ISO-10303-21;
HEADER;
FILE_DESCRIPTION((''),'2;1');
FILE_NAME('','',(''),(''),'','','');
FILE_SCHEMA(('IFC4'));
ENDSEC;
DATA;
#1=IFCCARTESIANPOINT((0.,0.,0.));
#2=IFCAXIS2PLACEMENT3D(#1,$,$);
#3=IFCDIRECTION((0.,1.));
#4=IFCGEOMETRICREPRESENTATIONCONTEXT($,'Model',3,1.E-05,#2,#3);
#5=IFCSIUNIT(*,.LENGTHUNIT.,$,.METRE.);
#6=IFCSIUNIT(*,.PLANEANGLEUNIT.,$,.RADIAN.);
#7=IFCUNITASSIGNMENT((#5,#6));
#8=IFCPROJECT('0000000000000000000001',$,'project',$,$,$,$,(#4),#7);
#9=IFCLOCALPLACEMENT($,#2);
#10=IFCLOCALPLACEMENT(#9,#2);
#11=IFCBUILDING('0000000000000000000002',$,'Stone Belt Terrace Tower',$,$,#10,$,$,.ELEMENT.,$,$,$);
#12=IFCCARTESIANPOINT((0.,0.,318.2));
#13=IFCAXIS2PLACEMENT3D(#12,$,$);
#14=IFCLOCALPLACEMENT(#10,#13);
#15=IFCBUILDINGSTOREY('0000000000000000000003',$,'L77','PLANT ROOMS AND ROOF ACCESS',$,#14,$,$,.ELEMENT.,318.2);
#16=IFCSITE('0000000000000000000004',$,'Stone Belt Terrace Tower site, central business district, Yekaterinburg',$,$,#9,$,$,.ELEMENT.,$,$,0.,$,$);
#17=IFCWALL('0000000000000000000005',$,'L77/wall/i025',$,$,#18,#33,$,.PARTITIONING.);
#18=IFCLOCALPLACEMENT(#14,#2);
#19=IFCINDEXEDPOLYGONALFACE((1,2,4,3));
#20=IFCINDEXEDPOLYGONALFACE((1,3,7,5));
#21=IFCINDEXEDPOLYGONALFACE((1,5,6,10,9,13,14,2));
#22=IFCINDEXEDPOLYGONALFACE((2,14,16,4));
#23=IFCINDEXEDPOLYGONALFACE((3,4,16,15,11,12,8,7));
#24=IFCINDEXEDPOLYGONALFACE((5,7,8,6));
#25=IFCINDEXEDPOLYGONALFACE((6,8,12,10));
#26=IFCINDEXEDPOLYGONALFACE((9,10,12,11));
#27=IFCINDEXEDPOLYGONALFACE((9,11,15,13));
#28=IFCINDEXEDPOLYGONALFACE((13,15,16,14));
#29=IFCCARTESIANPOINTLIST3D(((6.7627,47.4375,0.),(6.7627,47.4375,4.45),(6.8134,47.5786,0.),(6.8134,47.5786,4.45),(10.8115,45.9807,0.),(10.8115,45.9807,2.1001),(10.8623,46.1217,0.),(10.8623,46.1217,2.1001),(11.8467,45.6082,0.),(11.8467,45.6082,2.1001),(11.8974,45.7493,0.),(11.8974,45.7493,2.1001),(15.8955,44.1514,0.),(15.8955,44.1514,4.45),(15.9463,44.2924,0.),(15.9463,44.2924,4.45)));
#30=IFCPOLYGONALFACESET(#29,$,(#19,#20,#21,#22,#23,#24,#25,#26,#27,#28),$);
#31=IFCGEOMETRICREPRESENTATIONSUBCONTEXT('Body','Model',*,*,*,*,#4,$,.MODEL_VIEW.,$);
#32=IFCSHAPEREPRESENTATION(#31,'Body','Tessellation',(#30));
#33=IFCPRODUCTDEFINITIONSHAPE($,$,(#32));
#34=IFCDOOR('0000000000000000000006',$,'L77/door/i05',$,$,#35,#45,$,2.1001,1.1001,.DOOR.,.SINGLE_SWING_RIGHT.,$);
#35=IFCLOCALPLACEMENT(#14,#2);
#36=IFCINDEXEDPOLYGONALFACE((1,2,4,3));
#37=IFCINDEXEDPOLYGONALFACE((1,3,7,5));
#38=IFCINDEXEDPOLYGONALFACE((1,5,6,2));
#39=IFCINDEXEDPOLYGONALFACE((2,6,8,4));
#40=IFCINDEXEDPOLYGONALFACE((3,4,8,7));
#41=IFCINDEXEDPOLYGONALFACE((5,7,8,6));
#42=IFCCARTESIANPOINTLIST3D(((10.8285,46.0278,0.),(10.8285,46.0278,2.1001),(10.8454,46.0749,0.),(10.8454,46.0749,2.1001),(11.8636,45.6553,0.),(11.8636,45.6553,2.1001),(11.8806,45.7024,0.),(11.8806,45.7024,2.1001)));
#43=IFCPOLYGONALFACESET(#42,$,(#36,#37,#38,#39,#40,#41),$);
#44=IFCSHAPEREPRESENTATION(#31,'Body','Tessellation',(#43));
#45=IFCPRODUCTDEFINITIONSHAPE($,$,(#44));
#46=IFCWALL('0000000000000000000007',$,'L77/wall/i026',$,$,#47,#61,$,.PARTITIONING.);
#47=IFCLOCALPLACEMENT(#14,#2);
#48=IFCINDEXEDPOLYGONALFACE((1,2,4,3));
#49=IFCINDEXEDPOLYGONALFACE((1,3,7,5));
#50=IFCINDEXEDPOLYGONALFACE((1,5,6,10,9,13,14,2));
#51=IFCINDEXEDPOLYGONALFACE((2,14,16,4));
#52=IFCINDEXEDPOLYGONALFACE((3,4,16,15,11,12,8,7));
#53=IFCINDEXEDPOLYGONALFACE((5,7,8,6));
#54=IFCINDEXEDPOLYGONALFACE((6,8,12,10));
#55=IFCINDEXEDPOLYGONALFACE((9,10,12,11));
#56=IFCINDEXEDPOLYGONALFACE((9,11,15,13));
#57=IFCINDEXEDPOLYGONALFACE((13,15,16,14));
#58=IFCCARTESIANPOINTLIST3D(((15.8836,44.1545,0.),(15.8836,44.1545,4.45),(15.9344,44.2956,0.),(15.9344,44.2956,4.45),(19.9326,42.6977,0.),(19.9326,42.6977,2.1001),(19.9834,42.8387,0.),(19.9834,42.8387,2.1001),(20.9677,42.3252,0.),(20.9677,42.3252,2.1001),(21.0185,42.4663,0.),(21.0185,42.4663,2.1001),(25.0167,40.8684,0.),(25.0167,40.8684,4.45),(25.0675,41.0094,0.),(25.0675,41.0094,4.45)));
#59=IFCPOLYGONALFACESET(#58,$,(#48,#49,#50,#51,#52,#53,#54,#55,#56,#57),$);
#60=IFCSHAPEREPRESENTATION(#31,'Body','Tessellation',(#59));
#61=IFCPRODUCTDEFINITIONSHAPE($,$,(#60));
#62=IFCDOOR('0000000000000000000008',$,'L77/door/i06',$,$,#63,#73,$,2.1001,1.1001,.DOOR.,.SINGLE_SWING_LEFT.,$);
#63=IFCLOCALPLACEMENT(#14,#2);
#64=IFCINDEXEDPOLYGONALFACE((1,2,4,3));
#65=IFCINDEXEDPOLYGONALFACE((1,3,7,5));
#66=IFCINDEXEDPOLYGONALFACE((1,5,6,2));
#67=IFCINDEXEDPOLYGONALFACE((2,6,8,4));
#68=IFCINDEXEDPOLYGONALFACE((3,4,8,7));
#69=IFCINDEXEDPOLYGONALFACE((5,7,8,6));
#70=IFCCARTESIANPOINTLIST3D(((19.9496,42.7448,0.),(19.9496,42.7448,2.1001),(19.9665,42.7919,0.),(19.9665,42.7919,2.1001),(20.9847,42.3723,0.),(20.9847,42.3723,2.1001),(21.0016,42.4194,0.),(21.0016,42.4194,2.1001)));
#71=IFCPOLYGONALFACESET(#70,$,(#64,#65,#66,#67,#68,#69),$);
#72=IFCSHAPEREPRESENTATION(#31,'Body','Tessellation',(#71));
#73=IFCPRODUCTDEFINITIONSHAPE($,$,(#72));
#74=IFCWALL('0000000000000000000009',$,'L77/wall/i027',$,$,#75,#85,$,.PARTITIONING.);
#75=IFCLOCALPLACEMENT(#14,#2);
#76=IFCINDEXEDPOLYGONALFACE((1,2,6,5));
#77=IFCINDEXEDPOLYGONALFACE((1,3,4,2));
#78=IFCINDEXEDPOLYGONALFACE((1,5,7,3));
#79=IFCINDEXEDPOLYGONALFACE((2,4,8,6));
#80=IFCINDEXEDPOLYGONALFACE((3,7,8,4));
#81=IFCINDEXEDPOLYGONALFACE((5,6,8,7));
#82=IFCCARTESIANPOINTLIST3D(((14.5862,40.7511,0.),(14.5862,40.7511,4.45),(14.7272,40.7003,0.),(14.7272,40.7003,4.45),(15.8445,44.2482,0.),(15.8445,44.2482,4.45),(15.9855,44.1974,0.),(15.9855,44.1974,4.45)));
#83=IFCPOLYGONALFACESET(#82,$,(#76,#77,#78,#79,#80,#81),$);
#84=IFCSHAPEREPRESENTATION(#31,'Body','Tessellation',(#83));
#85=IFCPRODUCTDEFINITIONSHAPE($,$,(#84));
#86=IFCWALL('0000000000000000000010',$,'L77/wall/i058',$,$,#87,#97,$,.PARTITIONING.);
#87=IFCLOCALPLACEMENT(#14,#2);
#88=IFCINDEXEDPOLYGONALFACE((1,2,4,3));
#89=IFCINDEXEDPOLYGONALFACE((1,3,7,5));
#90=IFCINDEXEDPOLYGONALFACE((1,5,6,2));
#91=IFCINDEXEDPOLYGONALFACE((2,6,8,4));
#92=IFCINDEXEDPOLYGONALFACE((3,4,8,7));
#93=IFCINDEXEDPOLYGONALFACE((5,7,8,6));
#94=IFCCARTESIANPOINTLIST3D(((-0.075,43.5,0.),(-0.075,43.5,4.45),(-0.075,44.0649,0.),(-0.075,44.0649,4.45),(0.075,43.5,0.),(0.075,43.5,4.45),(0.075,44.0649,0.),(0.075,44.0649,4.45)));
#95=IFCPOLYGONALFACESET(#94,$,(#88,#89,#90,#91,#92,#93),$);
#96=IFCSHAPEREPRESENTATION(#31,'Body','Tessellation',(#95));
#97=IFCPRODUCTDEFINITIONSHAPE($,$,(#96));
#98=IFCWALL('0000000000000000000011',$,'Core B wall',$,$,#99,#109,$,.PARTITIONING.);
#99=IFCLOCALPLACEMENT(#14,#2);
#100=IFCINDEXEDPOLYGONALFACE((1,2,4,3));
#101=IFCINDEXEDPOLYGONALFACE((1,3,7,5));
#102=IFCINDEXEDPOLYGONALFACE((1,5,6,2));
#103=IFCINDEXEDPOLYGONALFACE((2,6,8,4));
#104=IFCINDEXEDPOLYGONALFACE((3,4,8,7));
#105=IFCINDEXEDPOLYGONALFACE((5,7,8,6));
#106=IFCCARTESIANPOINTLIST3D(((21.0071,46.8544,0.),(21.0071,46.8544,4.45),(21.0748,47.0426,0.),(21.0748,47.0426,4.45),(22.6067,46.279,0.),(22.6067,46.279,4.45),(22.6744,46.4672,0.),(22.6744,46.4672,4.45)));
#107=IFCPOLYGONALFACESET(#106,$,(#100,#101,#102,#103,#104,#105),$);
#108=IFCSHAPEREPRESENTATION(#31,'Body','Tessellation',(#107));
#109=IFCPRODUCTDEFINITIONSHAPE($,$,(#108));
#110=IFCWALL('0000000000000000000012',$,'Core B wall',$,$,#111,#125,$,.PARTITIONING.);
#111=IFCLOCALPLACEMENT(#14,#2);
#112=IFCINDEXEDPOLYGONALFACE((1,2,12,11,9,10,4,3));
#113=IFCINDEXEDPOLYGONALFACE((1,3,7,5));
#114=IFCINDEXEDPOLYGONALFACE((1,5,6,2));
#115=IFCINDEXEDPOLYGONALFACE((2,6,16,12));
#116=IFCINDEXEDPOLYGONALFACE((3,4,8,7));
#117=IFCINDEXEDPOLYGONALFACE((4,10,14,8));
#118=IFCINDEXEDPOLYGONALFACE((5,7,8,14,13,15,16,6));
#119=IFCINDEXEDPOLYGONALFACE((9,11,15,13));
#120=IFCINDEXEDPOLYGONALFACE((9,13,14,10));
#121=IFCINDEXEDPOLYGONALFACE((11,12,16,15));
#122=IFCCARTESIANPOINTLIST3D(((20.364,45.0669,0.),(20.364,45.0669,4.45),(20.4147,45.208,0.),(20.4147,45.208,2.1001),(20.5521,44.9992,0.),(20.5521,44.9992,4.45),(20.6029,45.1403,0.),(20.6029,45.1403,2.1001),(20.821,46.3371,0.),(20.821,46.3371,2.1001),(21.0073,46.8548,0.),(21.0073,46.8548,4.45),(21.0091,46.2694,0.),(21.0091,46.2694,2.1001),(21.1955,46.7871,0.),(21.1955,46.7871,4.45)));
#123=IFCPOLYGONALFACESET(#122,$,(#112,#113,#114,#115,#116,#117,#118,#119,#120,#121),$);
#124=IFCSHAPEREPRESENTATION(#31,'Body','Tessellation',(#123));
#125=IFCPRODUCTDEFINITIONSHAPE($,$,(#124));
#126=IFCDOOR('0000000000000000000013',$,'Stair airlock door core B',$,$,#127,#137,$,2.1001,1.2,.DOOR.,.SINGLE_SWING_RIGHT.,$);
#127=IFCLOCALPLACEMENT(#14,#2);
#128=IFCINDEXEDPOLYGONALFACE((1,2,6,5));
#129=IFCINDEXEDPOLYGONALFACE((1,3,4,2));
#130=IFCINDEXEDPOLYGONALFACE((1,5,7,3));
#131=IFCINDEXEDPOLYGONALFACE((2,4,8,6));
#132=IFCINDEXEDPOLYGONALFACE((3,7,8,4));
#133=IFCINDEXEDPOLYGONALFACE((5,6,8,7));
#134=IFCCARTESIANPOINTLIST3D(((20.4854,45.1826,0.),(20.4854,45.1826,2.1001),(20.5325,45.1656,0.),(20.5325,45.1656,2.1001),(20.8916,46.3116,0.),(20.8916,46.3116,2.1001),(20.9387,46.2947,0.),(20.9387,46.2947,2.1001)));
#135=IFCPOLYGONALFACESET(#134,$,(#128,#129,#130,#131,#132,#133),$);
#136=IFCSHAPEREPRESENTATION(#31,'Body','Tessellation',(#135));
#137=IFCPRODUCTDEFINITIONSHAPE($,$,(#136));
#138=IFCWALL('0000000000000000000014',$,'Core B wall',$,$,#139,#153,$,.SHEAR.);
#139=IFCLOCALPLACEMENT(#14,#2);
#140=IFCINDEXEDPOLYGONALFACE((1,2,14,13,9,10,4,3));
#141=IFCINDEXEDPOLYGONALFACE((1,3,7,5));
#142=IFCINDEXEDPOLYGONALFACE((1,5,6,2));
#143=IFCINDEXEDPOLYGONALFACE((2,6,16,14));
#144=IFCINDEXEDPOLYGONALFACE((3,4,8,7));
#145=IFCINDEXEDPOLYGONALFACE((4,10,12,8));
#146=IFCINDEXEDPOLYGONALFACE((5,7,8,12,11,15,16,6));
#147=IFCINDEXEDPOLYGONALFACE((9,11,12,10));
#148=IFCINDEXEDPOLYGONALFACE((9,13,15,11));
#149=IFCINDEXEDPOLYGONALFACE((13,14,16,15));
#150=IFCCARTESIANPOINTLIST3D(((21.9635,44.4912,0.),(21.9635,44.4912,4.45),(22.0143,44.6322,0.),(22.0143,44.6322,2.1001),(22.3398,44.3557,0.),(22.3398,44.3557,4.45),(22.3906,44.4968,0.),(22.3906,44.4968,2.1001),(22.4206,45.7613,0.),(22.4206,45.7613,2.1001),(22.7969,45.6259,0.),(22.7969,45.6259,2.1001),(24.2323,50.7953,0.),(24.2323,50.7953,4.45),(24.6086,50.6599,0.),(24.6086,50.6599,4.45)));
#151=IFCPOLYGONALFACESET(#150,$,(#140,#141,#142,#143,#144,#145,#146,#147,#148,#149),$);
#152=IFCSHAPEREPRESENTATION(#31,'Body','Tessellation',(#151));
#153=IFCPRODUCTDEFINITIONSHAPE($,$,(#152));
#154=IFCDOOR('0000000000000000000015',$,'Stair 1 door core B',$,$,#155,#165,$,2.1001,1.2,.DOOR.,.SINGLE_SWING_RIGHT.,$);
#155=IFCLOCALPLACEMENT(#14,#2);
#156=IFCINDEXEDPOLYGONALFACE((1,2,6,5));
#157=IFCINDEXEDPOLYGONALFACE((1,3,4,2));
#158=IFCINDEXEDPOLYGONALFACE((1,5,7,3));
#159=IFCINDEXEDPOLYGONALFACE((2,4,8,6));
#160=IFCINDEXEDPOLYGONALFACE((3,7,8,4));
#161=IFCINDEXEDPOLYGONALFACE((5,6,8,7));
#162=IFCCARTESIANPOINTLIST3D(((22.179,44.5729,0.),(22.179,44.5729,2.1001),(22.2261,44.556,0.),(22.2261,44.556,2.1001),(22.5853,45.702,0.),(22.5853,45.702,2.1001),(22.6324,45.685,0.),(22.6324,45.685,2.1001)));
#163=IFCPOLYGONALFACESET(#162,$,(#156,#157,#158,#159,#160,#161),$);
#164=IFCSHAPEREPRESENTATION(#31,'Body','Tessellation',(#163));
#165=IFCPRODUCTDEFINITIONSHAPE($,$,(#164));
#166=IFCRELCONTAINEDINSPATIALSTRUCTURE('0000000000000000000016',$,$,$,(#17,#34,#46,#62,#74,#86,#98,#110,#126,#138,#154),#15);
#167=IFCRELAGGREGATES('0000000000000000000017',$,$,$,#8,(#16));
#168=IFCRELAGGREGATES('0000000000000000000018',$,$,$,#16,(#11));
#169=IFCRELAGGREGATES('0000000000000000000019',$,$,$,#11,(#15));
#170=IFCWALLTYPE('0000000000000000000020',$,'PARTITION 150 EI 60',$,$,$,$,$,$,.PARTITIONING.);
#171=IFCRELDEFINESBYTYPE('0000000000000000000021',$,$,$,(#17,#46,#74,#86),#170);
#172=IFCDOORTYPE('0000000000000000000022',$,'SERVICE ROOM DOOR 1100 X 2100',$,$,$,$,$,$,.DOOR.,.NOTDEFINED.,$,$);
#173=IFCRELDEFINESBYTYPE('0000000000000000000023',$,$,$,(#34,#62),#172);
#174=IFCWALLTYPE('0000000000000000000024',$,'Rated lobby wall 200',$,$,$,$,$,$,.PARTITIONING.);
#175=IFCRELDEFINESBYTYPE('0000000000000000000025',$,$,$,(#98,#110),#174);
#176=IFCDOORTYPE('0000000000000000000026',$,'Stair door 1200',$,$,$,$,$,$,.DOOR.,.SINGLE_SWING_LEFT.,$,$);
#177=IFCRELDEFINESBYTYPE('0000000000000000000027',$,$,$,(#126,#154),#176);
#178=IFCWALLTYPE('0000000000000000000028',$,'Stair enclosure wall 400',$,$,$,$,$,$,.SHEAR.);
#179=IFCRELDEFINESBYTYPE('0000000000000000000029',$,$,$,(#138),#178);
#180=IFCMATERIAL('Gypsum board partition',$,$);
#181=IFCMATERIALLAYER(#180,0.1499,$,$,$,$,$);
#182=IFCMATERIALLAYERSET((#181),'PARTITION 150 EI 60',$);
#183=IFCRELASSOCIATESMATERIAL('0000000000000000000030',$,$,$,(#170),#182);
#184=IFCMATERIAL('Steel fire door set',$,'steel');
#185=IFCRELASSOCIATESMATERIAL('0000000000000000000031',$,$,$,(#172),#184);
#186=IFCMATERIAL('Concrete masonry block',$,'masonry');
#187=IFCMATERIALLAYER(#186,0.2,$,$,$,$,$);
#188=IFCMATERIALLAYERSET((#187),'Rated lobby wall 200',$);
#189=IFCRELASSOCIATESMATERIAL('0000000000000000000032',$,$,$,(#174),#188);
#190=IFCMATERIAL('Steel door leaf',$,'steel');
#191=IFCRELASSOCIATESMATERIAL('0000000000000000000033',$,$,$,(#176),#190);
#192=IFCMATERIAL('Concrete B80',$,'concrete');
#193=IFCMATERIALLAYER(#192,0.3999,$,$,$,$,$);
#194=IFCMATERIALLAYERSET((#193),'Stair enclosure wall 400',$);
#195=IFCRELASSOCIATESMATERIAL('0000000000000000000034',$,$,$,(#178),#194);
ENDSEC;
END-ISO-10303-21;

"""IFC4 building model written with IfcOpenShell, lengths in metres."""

from ifc_helpers import new_model, si_unit, direction, frame, frame_2d, origin, place, context, subcontext, project, spatial, rectangle, extrude, material, layer, layer_set, type_object, element, fill, save


model = new_model("IFC4")

# Units and contexts
model_context = context("Model", 3, precision=1e-05, world=origin(), true_north=direction((0.0, 1.0)))
body_context = subcontext(model_context, "Body", "Model", "MODEL_VIEW")
ifc_project = project(units=[si_unit("LENGTHUNIT", "METRE"), si_unit("PLANEANGLEUNIT", "RADIAN")], contexts=[model_context])

# Site, building, storey
site_placement = place(None, origin())
site = spatial("IfcSite", under=ifc_project, at=site_placement, Name="Stone Belt Terrace Tower site, central business district, Yekaterinburg", CompositionType="ELEMENT", RefElevation=0.0)
building_placement = place(site_placement, origin())
building = spatial("IfcBuilding", under=site, at=building_placement, Name="Stone Belt Terrace Tower", CompositionType="ELEMENT")
storey_placement = place(building_placement, frame((0.0, 0.0, 318.2)))
storey = spatial("IfcBuildingStorey", under=building, at=storey_placement, Name="L77", Description="PLANT ROOMS AND ROOF ACCESS", CompositionType="ELEMENT", Elevation=318.2)

# Shared definitions
ifc_material_1 = material(Name="Gypsum board partition")
ifc_layer_1 = layer(ifc_material_1, 0.1499)
ifc_layer_set_1 = layer_set([ifc_layer_1], Name="PARTITION 150 EI 60")
wall_type_1 = type_object("IfcWallType", Name="PARTITION 150 EI 60", PredefinedType="PARTITIONING", material=ifc_layer_set_1)

# Walls, openings, doors
ifc_material_2 = material(Name="Steel fire door set", Category="steel")
door_type_1 = type_object("IfcDoorType", Name="SERVICE ROOM DOOR 1100 X 2100", OperationType="NOTDEFINED", PredefinedType="DOOR", material=ifc_material_2)
wall_1_placement = place(storey_placement, frame((15.9209, 44.2219, 0.0), z_axis=(0.0, 0.0, 1.0), x_axis=(-0.940943, 0.338566, 0.0)))
wall_1 = element("IfcWall", 1, at=wall_1_placement, inside=storey, type_object=wall_type_1, Name="L77/wall/i025", PredefinedType="PARTITIONING", context=body_context, shape_type="SweptSolid", body=[
    extrude(rectangle(XDim=9.7061, YDim=0.1499, at=frame_2d((4.853, 0.0))), origin(), (0.0, 0.0, 1.0), 4.45),
])
opening_1_placement = place(wall_1_placement, frame((4.303, 0.0, 0.0)))
opening_1 = element("IfcOpeningElement", 2, at=opening_1_placement, cuts=wall_1, PredefinedType="OPENING", context=body_context, shape_type="SweptSolid", body=[
    extrude(rectangle(XDim=1.1001, YDim=2.1001, at=frame_2d((0.55, 1.05))), frame((0.0, 0.085, 0.0), z_axis=(0.0, -1.0, 0.0), x_axis=(1.0, 0.0, 0.0)), (0.0, 0.0, 1.0), 0.1699),
])
door_1_placement = place(opening_1_placement, origin())
door_1 = element("IfcDoor", 3, at=door_1_placement, inside=storey, type_object=door_type_1, Name="L77/door/i05", OperationType="SINGLE_SWING_RIGHT", OverallHeight=2.1001, OverallWidth=1.1001, PredefinedType="DOOR", context=body_context, shape_type="SweptSolid", body=[
    extrude(rectangle(XDim=1.1001, YDim=2.1001, at=frame_2d((0.55, 1.05))), frame((0.0, 0.0249, 0.0), z_axis=(0.0, -1.0, 0.0), x_axis=(1.0, 0.0, 0.0)), (0.0, 0.0, 1.0), 0.05),
])
fill(opening_1, door_1)
wall_2_placement = place(storey_placement, frame((25.042, 40.939, 0.0), z_axis=(0.0, 0.0, 1.0), x_axis=(-0.940945, 0.338558, 0.0)))
wall_2 = element("IfcWall", 4, at=wall_2_placement, inside=storey, type_object=wall_type_1, Name="L77/wall/i026", PredefinedType="PARTITIONING", context=body_context, shape_type="SweptSolid", body=[
    extrude(rectangle(XDim=9.7063, YDim=0.1499, at=frame_2d((4.853, 0.0))), origin(), (0.0, 0.0, 1.0), 4.45),
])
opening_2_placement = place(wall_2_placement, frame((4.303, 0.0, 0.0)))
opening_2 = element("IfcOpeningElement", 5, at=opening_2_placement, cuts=wall_2, PredefinedType="OPENING", context=body_context, shape_type="SweptSolid", body=[
    extrude(rectangle(XDim=1.1001, YDim=2.1001, at=frame_2d((0.55, 1.05))), frame((0.0, 0.085, 0.0), z_axis=(0.0, -1.0, 0.0), x_axis=(1.0, 0.0, 0.0)), (0.0, 0.0, 1.0), 0.1699),
])
door_2_placement = place(opening_2_placement, origin())
door_2 = element("IfcDoor", 6, at=door_2_placement, inside=storey, type_object=door_type_1, Name="L77/door/i06", OperationType="SINGLE_SWING_LEFT", OverallHeight=2.1001, OverallWidth=1.1001, PredefinedType="DOOR", context=body_context, shape_type="SweptSolid", body=[
    extrude(rectangle(XDim=1.1001, YDim=2.1001, at=frame_2d((0.55, 1.05))), frame((0.0, 0.0249, 0.0), z_axis=(0.0, -1.0, 0.0), x_axis=(1.0, 0.0, 0.0)), (0.0, 0.0, 1.0), 0.05),
])
fill(opening_2, door_2)

# Walls
wall_3_placement = place(storey_placement, frame((15.915, 44.2229, 0.0), z_axis=(0.0, 0.0, 1.0), x_axis=(-0.338566, -0.940943, 0.0)))
element("IfcWall", 7, at=wall_3_placement, inside=storey, type_object=wall_type_1, Name="L77/wall/i027", PredefinedType="PARTITIONING", context=body_context, shape_type="SweptSolid", body=[
    extrude(rectangle(XDim=3.7166, YDim=0.1499, at=frame_2d((1.8584, 0.0))), origin(), (0.0, 0.0, 1.0), 4.45),
])
wall_4_placement = place(storey_placement, frame((0.0, 44.0649, 0.0), z_axis=(0.0, 0.0, 1.0), x_axis=(0.0, -1.0, 0.0)))
element("IfcWall", 8, at=wall_4_placement, inside=storey, type_object=wall_type_1, Name="L77/wall/i058", PredefinedType="PARTITIONING", context=body_context, shape_type="SweptSolid", body=[
    extrude(rectangle(XDim=0.5649, YDim=0.1499, at=frame_2d((0.2825, 0.0))), origin(), (0.0, 0.0, 1.0), 4.45),
])
ifc_material_3 = material(Name="Concrete masonry block", Category="masonry")
ifc_layer_2 = layer(ifc_material_3, 0.2)
ifc_layer_set_2 = layer_set([ifc_layer_2], Name="Rated lobby wall 200")
wall_type_2 = type_object("IfcWallType", Name="Rated lobby wall 200", PredefinedType="PARTITIONING", material=ifc_layer_set_2)
wall_5_placement = place(storey_placement, frame((22.6406, 46.373, 0.0), z_axis=(0.0, 0.0, 1.0), x_axis=(-0.940966, 0.338501, 0.0)))
element("IfcWall", 9, at=wall_5_placement, inside=storey, type_object=wall_type_2, Name="Core B wall", PredefinedType="PARTITIONING", context=body_context, shape_type="SweptSolid", body=[
    extrude(rectangle(XDim=1.7, YDim=0.2, at=frame_2d((0.8501, 0.0))), origin(), (0.0, 0.0, 1.0), 4.45),
])

# Walls, openings, doors
wall_6_placement = place(storey_placement, frame((20.458, 45.033, 0.0), z_axis=(0.0, 0.0, 1.0), x_axis=(0.338574, 0.94094, 0.0)))
wall_6 = element("IfcWall", 10, at=wall_6_placement, inside=storey, type_object=wall_type_2, Name="Core B wall", PredefinedType="PARTITIONING", context=body_context, shape_type="SweptSolid", body=[
    extrude(rectangle(XDim=1.9001, YDim=0.2, at=frame_2d((0.9502, 0.0))), origin(), (0.0, 0.0, 1.0), 4.45),
])
opening_3_placement = place(wall_6_placement, frame((0.1499, 0.0, 0.0)))
opening_3 = element("IfcOpeningElement", 11, at=opening_3_placement, cuts=wall_6, PredefinedType="OPENING", context=body_context, shape_type="SweptSolid", body=[
    extrude(rectangle(XDim=1.2, YDim=2.1001, at=frame_2d((0.6001, 1.05))), frame((0.0, 0.1099, 0.0), z_axis=(0.0, -1.0, 0.0), x_axis=(1.0, 0.0, 0.0)), (0.0, 0.0, 1.0), 0.22),
])
ifc_material_4 = material(Name="Steel door leaf", Category="steel")
door_type_2 = type_object("IfcDoorType", Name="Stair door 1200", OperationType="SINGLE_SWING_LEFT", PredefinedType="DOOR", material=ifc_material_4)
door_3_placement = place(opening_3_placement, origin())
door_3 = element("IfcDoor", 12, at=door_3_placement, inside=storey, type_object=door_type_2, Name="Stair airlock door core B", OperationType="SINGLE_SWING_RIGHT", OverallHeight=2.1001, OverallWidth=1.2, PredefinedType="DOOR", context=body_context, shape_type="SweptSolid", body=[
    extrude(rectangle(XDim=1.2, YDim=2.1001, at=frame_2d((0.6001, 1.05))), frame((0.0, 0.0249, 0.0), z_axis=(0.0, -1.0, 0.0), x_axis=(1.0, 0.0, 0.0)), (0.0, 0.0, 1.0), 0.05),
])
fill(opening_3, door_3)
ifc_material_5 = material(Name="Concrete B80", Category="concrete")
ifc_layer_3 = layer(ifc_material_5, 0.3999)
ifc_layer_set_3 = layer_set([ifc_layer_3], Name="Stair enclosure wall 400")
wall_type_3 = type_object("IfcWallType", Name="Stair enclosure wall 400", PredefinedType="SHEAR", material=ifc_layer_set_3)
wall_7_placement = place(storey_placement, frame((22.1516, 44.4233, 0.0), z_axis=(0.0, 0.0, 1.0), x_axis=(0.338625, 0.940921, 0.0)))
wall_7 = element("IfcWall", 13, at=wall_7_placement, inside=storey, type_object=wall_type_3, Name="Core B wall", PredefinedType="SHEAR", context=body_context, shape_type="SweptSolid", body=[
    extrude(rectangle(XDim=6.7, YDim=0.3999, at=frame_2d((3.3501, 0.0))), origin(), (0.0, 0.0, 1.0), 4.45),
])
opening_4_placement = place(wall_7_placement, frame((0.1499, 0.0, 0.0)))
opening_4 = element("IfcOpeningElement", 14, at=opening_4_placement, cuts=wall_7, PredefinedType="OPENING", context=body_context, shape_type="SweptSolid", body=[
    extrude(rectangle(XDim=1.2, YDim=2.1001, at=frame_2d((0.6001, 1.05))), frame((0.0, 0.21, 0.0), z_axis=(0.0, -1.0, 0.0), x_axis=(1.0, 0.0, 0.0)), (0.0, 0.0, 1.0), 0.4199),
])
door_4_placement = place(opening_4_placement, origin())
door_4 = element("IfcDoor", 15, at=door_4_placement, inside=storey, type_object=door_type_2, Name="Stair 1 door core B", OperationType="SINGLE_SWING_RIGHT", OverallHeight=2.1001, OverallWidth=1.2, PredefinedType="DOOR", context=body_context, shape_type="SweptSolid", body=[
    extrude(rectangle(XDim=1.2, YDim=2.1001, at=frame_2d((0.6001, 1.05))), frame((0.0, 0.0249, 0.0), z_axis=(0.0, -1.0, 0.0), x_axis=(1.0, 0.0, 0.0)), (0.0, 0.0, 1.0), 0.05),
])
fill(opening_4, door_4)

save(model, "model.ifc")
